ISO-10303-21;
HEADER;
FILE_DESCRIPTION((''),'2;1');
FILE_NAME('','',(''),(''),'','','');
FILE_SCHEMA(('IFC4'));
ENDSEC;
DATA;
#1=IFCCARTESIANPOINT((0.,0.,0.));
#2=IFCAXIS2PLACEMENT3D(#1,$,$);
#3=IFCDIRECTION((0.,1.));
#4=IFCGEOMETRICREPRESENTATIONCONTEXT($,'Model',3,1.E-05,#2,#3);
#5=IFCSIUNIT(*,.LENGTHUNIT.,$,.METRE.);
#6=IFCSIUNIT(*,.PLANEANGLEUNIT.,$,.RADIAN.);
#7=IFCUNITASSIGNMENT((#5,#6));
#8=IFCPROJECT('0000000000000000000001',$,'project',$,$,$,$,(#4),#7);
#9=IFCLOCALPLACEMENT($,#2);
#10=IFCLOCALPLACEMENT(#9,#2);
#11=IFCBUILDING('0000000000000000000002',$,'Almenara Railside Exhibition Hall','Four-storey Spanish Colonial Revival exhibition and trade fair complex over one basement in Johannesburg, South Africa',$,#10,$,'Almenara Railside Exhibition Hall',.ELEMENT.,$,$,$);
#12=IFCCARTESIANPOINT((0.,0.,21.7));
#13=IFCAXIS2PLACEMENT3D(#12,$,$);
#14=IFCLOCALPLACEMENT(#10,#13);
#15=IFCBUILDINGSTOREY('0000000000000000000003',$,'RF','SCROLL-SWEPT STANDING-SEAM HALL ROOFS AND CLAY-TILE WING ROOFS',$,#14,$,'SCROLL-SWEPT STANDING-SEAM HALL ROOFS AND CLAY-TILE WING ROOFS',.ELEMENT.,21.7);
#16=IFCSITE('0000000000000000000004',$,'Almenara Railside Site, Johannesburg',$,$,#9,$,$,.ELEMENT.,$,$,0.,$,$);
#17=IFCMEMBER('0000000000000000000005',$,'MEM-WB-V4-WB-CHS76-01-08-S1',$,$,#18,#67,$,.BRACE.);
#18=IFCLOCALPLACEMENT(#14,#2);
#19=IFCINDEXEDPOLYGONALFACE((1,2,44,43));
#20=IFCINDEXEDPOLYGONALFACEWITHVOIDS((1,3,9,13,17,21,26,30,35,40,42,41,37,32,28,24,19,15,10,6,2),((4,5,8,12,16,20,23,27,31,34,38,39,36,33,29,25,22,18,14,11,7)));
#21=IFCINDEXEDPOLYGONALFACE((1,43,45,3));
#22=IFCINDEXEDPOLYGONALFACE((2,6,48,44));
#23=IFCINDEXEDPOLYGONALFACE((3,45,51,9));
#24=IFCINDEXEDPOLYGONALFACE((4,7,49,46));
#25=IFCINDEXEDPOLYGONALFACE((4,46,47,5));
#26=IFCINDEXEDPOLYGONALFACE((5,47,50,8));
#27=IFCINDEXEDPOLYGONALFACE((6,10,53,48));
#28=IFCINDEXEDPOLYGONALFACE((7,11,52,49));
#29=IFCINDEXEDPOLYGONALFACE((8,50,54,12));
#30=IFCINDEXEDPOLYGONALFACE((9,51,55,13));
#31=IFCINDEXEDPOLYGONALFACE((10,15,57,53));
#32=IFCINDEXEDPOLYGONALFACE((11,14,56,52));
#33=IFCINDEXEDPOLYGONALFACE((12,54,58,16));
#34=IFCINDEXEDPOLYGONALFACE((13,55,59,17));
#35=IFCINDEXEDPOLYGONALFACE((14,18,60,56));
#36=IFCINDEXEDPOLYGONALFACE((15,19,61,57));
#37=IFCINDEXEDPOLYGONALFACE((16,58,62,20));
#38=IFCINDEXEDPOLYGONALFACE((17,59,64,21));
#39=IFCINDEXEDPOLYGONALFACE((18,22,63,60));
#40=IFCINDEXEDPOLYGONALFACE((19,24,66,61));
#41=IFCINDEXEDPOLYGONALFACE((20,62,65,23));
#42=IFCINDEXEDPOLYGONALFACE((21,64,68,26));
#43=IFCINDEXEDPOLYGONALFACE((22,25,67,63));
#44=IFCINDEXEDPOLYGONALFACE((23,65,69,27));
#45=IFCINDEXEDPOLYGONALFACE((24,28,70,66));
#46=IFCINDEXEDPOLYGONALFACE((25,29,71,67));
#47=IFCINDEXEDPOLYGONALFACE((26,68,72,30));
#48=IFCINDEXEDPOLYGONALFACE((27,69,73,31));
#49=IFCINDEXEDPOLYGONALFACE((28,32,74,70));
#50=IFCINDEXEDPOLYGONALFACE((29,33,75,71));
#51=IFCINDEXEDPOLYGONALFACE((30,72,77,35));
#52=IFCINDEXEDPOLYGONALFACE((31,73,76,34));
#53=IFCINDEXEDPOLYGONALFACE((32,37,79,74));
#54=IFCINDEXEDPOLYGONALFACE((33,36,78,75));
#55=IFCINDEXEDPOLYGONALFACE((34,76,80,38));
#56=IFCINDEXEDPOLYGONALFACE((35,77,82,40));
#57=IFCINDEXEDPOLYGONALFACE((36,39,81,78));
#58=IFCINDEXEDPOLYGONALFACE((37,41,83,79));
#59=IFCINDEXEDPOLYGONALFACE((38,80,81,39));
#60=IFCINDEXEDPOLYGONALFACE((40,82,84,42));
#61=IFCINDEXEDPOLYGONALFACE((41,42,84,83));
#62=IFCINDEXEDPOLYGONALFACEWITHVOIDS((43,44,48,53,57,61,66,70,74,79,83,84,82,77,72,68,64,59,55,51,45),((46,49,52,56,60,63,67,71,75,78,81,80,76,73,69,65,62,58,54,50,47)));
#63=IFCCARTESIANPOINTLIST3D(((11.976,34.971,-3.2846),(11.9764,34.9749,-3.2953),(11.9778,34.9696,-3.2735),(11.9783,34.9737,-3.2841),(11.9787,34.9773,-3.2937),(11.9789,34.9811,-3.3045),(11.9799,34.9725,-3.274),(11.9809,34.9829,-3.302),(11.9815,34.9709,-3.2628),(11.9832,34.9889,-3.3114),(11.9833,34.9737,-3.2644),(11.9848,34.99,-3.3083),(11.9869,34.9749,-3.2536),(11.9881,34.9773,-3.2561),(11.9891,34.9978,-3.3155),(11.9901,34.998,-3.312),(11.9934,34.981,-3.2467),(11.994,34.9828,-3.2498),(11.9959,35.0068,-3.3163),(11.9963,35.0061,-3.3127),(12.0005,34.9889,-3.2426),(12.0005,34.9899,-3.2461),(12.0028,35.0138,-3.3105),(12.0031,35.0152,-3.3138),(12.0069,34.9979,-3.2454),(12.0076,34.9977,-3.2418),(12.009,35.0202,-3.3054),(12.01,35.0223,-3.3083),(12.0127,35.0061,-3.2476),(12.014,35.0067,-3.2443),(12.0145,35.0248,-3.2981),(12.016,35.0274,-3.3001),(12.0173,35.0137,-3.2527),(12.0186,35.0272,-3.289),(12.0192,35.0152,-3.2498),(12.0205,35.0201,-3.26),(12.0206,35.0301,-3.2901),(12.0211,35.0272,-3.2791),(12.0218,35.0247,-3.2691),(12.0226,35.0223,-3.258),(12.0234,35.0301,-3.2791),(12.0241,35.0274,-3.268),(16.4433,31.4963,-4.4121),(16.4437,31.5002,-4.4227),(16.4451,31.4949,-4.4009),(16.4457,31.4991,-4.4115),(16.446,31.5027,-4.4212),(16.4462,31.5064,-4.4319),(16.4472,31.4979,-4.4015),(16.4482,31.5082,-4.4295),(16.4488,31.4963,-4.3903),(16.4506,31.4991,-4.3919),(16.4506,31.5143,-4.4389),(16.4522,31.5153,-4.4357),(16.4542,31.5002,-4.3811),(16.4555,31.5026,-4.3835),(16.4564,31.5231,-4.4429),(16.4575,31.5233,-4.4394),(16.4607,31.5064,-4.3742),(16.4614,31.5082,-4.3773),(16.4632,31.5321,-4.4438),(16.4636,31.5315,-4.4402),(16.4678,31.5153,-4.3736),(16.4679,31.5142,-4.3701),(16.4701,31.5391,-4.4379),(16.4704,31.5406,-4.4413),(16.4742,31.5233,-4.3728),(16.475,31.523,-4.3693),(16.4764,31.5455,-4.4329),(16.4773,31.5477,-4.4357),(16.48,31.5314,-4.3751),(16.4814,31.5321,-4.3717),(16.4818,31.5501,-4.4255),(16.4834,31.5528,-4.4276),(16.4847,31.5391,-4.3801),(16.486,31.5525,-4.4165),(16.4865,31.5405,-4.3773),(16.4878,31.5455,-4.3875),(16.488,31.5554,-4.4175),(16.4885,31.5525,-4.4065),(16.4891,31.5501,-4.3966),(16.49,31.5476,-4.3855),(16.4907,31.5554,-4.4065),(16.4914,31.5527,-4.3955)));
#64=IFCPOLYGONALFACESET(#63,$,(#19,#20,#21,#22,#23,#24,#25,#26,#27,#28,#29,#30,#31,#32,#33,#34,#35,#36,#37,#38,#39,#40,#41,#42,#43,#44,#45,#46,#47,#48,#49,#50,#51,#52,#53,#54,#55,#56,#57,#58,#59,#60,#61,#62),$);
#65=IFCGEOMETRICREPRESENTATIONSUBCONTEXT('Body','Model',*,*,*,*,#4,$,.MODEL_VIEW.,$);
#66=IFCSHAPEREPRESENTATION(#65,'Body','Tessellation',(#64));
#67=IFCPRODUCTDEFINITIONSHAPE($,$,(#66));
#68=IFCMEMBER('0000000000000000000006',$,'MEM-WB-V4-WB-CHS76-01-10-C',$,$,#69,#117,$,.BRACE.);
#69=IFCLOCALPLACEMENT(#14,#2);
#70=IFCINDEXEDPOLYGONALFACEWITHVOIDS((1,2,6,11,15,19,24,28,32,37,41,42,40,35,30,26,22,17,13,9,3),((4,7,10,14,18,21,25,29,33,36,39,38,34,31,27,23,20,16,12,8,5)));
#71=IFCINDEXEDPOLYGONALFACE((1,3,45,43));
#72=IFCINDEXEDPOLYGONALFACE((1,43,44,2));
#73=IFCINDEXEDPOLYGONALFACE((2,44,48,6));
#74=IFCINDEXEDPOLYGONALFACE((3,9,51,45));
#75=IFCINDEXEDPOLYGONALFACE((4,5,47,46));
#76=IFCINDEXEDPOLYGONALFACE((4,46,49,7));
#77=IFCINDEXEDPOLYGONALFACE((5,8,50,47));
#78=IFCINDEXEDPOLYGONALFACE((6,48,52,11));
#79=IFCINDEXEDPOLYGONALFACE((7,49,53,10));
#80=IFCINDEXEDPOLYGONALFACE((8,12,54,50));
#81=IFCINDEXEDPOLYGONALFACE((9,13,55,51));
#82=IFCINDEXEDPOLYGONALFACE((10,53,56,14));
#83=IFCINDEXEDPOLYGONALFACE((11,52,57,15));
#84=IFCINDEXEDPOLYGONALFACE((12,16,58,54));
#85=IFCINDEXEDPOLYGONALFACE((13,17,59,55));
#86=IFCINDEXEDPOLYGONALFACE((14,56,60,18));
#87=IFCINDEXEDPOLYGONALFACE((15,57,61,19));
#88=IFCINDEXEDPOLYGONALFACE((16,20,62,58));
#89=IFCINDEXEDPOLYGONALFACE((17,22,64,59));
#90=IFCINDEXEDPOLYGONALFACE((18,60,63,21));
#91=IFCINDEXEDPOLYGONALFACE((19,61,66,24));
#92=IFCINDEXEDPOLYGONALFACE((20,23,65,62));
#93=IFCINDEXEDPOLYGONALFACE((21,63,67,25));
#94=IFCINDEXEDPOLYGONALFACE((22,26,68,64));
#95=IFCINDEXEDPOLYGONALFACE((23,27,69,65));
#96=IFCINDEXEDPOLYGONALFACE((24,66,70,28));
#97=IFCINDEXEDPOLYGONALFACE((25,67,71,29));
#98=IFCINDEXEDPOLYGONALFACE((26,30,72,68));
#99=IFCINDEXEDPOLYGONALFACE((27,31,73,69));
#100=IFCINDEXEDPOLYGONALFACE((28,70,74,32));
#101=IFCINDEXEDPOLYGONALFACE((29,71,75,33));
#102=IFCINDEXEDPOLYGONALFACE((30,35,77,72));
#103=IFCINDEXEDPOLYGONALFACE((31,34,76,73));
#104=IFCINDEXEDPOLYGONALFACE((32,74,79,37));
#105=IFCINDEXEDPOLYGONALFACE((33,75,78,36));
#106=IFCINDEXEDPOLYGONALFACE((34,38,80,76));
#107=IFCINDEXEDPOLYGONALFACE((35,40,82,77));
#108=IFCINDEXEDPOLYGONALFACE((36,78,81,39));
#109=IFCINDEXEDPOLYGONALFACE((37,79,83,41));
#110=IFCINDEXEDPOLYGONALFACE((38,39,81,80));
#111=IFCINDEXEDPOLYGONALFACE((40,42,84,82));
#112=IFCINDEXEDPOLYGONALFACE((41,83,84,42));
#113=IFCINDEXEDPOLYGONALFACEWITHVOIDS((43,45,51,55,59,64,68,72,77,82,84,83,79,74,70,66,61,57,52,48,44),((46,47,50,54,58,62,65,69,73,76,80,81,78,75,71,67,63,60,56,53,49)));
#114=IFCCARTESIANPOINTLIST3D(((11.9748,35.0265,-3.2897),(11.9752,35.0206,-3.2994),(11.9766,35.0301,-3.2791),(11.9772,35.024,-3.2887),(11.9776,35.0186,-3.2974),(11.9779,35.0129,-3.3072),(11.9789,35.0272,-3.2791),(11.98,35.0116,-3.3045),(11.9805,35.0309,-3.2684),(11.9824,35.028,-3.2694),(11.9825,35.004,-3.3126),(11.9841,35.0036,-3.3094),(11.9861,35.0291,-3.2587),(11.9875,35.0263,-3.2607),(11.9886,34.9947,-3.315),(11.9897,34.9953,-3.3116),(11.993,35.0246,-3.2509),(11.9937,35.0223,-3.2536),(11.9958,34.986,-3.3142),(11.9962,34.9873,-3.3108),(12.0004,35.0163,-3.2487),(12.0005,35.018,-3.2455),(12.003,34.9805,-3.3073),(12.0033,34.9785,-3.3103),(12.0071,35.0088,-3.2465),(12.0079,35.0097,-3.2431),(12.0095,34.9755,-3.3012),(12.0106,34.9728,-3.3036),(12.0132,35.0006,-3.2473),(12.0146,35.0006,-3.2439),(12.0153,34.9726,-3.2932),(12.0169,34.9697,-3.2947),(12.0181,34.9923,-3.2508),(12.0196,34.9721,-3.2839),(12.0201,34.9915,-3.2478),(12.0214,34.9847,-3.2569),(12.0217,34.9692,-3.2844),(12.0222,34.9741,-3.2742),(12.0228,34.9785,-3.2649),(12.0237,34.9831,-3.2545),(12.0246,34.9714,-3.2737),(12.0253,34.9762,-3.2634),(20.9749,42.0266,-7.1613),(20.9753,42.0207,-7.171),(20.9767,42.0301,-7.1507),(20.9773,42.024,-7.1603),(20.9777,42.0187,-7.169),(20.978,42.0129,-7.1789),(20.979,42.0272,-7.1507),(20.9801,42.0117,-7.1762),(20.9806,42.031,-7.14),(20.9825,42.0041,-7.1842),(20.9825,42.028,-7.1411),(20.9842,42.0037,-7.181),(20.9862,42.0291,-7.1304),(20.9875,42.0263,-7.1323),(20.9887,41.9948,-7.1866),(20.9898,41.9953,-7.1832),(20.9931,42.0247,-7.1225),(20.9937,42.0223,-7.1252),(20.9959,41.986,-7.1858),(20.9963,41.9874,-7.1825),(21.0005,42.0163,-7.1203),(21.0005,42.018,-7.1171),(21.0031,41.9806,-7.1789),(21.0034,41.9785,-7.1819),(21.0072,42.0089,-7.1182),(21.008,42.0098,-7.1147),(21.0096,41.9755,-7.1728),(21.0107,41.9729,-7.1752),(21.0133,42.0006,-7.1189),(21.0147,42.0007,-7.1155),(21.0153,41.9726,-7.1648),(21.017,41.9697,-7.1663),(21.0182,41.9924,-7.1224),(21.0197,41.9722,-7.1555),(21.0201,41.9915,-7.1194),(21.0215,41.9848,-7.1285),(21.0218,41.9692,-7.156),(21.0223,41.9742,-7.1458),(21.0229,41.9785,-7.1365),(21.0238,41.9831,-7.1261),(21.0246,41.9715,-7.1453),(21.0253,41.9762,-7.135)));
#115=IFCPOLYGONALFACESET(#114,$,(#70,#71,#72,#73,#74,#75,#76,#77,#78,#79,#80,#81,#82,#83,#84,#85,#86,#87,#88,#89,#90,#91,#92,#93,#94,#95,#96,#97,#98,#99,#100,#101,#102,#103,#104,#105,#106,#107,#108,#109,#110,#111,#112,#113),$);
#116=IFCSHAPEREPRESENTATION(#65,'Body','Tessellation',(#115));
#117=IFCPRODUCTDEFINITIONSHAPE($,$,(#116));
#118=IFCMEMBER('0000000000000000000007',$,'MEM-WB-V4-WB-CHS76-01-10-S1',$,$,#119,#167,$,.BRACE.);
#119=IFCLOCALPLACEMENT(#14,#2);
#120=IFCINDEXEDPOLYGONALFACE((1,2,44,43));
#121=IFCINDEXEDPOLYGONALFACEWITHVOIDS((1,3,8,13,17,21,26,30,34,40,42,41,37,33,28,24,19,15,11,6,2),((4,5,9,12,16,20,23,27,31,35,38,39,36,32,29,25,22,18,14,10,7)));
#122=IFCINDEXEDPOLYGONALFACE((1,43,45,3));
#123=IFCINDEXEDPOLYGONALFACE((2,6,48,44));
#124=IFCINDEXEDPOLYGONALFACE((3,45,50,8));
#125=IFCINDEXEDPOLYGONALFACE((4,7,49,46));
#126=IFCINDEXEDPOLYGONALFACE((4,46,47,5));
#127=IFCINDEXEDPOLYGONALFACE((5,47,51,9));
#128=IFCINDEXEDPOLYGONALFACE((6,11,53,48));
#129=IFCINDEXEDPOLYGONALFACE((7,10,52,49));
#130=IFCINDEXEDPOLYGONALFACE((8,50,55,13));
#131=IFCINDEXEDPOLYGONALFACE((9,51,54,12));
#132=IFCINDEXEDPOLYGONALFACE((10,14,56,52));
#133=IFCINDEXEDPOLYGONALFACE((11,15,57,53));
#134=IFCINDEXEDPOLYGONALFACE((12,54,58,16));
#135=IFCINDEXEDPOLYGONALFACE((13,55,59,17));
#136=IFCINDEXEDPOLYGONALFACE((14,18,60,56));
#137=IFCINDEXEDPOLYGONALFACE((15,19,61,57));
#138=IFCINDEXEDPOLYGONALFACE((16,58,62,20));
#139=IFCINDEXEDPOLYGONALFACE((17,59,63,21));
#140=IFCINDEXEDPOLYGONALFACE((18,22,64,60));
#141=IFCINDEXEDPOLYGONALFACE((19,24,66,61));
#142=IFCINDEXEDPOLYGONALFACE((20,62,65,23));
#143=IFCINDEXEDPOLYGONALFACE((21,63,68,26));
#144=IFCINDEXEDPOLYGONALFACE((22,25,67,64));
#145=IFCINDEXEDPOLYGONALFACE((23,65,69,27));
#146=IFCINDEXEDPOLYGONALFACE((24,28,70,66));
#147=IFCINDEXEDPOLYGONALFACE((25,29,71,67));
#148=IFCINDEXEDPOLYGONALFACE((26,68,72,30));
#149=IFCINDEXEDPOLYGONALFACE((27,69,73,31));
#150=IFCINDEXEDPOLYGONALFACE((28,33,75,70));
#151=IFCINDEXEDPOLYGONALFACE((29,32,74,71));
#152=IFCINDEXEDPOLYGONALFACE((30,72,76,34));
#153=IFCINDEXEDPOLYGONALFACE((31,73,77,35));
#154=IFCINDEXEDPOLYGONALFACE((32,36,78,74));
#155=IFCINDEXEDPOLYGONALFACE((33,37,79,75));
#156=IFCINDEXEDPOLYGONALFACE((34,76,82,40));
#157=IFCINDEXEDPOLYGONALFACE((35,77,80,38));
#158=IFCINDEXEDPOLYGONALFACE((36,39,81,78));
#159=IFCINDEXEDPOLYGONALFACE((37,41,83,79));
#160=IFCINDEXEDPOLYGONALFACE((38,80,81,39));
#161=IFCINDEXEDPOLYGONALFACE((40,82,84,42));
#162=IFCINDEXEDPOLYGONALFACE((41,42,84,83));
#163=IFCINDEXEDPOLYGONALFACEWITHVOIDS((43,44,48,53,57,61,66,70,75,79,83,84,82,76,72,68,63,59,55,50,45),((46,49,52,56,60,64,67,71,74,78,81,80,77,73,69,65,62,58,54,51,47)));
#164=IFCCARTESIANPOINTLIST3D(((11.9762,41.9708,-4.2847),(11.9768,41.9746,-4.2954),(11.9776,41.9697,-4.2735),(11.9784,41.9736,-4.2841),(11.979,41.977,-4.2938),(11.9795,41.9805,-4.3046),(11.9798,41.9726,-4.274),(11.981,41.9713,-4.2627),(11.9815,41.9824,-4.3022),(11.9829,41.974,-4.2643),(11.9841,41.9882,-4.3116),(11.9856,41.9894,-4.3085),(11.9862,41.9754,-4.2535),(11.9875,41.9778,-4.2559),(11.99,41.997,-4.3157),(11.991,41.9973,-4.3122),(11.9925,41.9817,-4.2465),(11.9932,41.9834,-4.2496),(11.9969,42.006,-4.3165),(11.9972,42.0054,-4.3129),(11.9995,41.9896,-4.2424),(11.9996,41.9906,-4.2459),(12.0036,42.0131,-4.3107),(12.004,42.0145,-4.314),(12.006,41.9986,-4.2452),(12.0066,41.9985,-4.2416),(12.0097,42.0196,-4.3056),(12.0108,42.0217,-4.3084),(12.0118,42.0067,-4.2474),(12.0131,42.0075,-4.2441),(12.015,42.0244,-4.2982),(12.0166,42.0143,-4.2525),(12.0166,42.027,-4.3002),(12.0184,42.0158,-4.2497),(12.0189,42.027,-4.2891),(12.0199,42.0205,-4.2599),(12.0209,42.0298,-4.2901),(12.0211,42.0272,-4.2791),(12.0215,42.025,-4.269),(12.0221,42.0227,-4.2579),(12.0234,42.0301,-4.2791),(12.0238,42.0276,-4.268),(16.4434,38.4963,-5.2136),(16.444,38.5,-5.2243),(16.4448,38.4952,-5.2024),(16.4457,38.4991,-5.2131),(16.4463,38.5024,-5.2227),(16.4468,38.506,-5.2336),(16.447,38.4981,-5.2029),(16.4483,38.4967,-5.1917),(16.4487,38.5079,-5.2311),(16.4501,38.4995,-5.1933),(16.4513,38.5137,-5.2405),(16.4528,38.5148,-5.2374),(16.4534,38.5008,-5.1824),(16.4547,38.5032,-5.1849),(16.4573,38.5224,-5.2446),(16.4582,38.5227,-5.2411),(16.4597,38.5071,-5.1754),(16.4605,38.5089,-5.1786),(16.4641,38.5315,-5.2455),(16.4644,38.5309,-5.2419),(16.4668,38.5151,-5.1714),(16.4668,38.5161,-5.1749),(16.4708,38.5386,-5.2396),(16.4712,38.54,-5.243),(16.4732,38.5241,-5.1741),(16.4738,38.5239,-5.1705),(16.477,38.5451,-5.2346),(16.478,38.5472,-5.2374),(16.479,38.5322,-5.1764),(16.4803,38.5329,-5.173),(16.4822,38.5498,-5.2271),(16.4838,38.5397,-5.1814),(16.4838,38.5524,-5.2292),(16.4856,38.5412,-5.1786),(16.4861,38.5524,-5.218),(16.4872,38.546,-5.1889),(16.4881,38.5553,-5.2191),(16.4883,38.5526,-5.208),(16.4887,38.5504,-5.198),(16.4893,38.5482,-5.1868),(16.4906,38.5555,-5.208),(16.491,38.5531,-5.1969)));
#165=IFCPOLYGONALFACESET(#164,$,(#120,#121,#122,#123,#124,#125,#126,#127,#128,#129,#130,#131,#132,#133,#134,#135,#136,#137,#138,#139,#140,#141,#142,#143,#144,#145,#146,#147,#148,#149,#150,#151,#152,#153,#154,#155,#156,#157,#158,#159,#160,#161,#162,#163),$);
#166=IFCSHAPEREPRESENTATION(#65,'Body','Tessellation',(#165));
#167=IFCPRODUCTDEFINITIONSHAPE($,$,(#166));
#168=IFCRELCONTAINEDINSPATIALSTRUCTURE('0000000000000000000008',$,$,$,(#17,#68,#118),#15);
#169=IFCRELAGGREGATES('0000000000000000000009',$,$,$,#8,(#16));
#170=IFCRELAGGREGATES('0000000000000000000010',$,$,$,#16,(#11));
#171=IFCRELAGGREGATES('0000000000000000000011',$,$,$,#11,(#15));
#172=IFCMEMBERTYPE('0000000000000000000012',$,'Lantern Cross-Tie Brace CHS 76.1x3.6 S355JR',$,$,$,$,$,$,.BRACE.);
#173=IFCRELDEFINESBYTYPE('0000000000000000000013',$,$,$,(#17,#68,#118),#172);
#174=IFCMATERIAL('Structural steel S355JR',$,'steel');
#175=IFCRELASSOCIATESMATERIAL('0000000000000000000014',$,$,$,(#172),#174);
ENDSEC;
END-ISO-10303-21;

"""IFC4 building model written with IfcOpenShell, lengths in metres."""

from ifc_helpers import new_model, si_unit, direction, frame, origin, origin_2d, place, context, subcontext, project, spatial, hollow_circle, extrude, material, material_profile, profile_set, type_object, element, save


model = new_model("IFC4")

# Units and contexts
model_context = context("Model", 3, precision=1e-05, world=origin(), true_north=direction((0.0, 1.0)))
body_context = subcontext(model_context, "Body", "Model", "MODEL_VIEW")
ifc_project = project(units=[si_unit("LENGTHUNIT", "METRE"), si_unit("PLANEANGLEUNIT", "RADIAN")], contexts=[model_context])

# Site, building, storey
site_placement = place(None, origin())
site = spatial("IfcSite", under=ifc_project, at=site_placement, Name="Almenara Railside Site, Johannesburg", CompositionType="ELEMENT", RefElevation=0.0)
building_placement = place(site_placement, origin())
building = spatial("IfcBuilding", under=site, at=building_placement, Name="Almenara Railside Exhibition Hall", Description="Four-storey Spanish Colonial Revival exhibition and trade fair complex over one basement in Johannesburg, South Africa", LongName="Almenara Railside Exhibition Hall", CompositionType="ELEMENT")
storey_placement = place(building_placement, frame((0.0, 0.0, 21.7)))
storey = spatial("IfcBuildingStorey", under=building, at=storey_placement, Name="RF", Description="SCROLL-SWEPT STANDING-SEAM HALL ROOFS AND CLAY-TILE WING ROOFS", LongName="SCROLL-SWEPT STANDING-SEAM HALL ROOFS AND CLAY-TILE WING ROOFS", CompositionType="ELEMENT", Elevation=21.7)

# Shared definitions
ifc_material_1 = material(Name="Structural steel S355JR", Category="steel")

# Members
ifc_material_profile_1 = material_profile(ifc_material_1, hollow_circle(Radius=0.0381, WallThickness=0.0037, at=origin_2d()), Name="CHS 76.1x3.6")
ifc_profile_set_1 = profile_set([ifc_material_profile_1], Name="Structural steel S355JR")
member_type_1 = type_object("IfcMemberType", Name="Lantern Cross-Tie Brace CHS 76.1x3.6 S355JR", PredefinedType="BRACE", material=ifc_profile_set_1)
member_1_placement = place(storey_placement, frame((12.0, 35.0, -3.2791), z_axis=(0.774136, -0.602115, -0.195374), x_axis=(0.613947, 0.789348, 0.0)))
element("IfcMember", 1, at=member_1_placement, inside=storey, type_object=member_type_1, Name="MEM-WB-V4-WB-CHS76-01-08-S1", PredefinedType="BRACE", context=body_context, shape_type="SweptSolid", body=[
    extrude(hollow_circle(Radius=0.0381, WallThickness=0.0037, at=origin_2d()), origin(), (0.0, 0.0, 1.0), 5.7708),
])
member_2_placement = place(storey_placement, frame((12.0, 35.0, -3.2791), z_axis=(0.747437, 0.58134, -0.321529), x_axis=(-0.613941, 0.789352, 0.0)))
element("IfcMember", 2, at=member_2_placement, inside=storey, type_object=member_type_1, Name="MEM-WB-V4-WB-CHS76-01-10-C", PredefinedType="BRACE", context=body_context, shape_type="SweptSolid", body=[
    extrude(hollow_circle(Radius=0.0381, WallThickness=0.0037, at=origin_2d()), origin(), (0.0, 0.0, 1.0), 12.0413),
])
member_3_placement = place(storey_placement, frame((12.0, 42.0, -4.2791), z_axis=(0.778924, -0.605839, -0.161974), x_axis=(0.613947, 0.789348, 0.0)))
element("IfcMember", 3, at=member_3_placement, inside=storey, type_object=member_type_1, Name="MEM-WB-V4-WB-CHS76-01-10-S1", PredefinedType="BRACE", context=body_context, shape_type="SweptSolid", body=[
    extrude(hollow_circle(Radius=0.0381, WallThickness=0.0037, at=origin_2d()), origin(), (0.0, 0.0, 1.0), 5.7351),
])

save(model, "model.ifc")
